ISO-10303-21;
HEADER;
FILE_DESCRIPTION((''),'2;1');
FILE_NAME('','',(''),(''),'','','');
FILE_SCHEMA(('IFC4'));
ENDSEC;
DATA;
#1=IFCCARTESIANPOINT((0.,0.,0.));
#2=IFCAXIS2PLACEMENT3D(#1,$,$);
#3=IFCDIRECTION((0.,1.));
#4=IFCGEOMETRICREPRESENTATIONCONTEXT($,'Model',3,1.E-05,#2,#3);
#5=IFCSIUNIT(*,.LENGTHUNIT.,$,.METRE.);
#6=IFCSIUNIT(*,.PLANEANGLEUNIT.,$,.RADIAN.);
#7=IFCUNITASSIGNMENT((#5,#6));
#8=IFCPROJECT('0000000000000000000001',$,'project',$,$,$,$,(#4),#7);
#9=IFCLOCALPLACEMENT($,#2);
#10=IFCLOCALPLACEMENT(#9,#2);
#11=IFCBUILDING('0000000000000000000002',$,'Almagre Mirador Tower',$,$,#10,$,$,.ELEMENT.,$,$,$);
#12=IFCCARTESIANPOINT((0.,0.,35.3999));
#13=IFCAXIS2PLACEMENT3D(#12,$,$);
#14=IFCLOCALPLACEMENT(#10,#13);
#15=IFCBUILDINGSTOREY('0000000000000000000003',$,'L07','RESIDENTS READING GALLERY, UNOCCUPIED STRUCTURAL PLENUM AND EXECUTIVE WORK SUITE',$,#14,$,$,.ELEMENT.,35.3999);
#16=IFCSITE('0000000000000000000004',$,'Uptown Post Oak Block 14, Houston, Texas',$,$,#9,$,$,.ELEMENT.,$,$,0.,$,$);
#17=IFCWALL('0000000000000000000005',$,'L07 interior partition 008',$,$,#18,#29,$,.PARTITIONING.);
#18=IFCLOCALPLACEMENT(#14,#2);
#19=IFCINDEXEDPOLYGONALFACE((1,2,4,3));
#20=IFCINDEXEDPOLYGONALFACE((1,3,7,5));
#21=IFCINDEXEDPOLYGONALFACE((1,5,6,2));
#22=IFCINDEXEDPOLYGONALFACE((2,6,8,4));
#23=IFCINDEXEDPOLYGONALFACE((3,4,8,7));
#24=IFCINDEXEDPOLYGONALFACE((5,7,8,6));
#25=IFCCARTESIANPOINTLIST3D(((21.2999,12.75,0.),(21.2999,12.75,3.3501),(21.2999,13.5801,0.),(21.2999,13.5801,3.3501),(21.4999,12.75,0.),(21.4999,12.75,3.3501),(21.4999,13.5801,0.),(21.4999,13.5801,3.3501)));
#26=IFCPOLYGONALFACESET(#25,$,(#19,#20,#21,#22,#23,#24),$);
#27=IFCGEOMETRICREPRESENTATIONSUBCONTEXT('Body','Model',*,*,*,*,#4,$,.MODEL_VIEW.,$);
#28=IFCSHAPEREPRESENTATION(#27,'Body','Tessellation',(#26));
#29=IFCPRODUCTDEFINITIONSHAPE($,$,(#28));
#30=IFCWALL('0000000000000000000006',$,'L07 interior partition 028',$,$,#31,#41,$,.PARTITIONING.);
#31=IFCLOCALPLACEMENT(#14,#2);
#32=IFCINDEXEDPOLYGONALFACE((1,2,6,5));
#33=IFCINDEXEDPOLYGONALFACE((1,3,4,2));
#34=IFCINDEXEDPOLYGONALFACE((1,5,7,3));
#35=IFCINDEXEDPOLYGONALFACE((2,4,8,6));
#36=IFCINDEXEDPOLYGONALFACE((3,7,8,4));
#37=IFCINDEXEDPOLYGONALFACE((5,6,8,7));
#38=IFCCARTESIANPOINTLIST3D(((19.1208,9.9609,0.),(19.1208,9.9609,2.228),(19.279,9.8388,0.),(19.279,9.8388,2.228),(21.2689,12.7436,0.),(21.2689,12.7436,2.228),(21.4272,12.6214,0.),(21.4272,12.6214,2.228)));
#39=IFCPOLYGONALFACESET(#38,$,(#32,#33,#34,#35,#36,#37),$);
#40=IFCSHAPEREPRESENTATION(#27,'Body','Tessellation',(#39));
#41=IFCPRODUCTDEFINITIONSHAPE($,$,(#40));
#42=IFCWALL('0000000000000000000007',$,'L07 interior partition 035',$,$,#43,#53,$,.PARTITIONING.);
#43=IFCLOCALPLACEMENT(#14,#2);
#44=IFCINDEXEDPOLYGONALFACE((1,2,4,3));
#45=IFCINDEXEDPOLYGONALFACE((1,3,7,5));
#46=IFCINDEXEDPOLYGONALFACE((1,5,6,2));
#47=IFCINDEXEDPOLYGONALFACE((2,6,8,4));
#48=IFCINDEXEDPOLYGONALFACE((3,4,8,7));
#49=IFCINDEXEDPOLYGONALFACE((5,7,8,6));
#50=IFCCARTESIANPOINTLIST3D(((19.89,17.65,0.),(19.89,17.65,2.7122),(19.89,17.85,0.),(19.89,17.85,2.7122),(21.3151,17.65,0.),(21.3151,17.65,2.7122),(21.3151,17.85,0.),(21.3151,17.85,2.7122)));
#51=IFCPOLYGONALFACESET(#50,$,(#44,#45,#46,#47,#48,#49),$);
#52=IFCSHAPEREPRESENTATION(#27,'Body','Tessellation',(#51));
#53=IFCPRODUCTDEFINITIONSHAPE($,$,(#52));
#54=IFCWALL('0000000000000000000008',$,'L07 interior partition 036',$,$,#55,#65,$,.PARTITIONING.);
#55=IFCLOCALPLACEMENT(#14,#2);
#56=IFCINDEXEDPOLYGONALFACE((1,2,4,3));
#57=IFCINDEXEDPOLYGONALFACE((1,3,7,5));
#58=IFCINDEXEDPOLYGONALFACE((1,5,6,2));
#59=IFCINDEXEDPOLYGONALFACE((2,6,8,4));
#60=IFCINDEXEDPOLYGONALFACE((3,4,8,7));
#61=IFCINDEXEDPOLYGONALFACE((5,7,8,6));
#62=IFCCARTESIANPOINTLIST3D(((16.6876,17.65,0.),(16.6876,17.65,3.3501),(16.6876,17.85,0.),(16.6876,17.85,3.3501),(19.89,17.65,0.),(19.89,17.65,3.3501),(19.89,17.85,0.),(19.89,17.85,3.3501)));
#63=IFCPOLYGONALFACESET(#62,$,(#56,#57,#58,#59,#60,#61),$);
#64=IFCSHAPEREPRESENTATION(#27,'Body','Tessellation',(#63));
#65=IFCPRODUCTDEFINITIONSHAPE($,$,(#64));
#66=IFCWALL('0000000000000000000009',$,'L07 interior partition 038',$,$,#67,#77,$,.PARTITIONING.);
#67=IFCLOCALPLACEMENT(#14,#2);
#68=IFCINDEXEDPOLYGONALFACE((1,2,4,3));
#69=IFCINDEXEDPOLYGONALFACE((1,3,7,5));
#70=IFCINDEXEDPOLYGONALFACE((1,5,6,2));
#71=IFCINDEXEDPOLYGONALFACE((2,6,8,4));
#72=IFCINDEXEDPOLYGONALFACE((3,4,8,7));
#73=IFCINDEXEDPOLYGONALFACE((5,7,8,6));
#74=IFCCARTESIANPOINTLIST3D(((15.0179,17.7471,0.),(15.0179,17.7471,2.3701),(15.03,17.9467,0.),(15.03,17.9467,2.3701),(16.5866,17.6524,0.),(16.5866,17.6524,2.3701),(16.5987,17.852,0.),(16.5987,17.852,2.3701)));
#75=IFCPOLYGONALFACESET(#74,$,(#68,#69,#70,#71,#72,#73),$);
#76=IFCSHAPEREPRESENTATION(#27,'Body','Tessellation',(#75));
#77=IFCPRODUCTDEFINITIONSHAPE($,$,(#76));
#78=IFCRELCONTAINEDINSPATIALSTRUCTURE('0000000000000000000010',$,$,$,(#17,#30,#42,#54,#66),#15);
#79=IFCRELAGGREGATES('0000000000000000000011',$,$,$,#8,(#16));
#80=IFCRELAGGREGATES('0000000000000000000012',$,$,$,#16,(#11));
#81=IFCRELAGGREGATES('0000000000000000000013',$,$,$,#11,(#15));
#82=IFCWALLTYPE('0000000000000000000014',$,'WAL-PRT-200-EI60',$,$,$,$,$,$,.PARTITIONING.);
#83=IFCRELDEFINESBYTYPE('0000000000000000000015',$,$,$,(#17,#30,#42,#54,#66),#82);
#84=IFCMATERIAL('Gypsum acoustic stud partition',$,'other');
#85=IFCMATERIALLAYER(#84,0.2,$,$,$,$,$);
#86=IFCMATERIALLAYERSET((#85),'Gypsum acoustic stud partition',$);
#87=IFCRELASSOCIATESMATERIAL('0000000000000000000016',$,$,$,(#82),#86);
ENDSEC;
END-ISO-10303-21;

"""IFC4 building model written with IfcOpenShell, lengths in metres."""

from ifc_helpers import new_model, si_unit, direction, frame, frame_2d, origin, place, context, subcontext, project, spatial, rectangle, extrude, material, layer, layer_set, type_object, element, save


model = new_model("IFC4")

# Units and contexts
model_context = context("Model", 3, precision=1e-05, world=origin(), true_north=direction((0.0, 1.0)))
body_context = subcontext(model_context, "Body", "Model", "MODEL_VIEW")
ifc_project = project(units=[si_unit("LENGTHUNIT", "METRE"), si_unit("PLANEANGLEUNIT", "RADIAN")], contexts=[model_context])

# Site, building, storey
site_placement = place(None, origin())
site = spatial("IfcSite", under=ifc_project, at=site_placement, Name="Uptown Post Oak Block 14, Houston, Texas", CompositionType="ELEMENT", RefElevation=0.0)
building_placement = place(site_placement, origin())
building = spatial("IfcBuilding", under=site, at=building_placement, Name="Almagre Mirador Tower", CompositionType="ELEMENT")
storey_placement = place(building_placement, frame((0.0, 0.0, 35.3999)))
storey = spatial("IfcBuildingStorey", under=building, at=storey_placement, Name="L07", Description="RESIDENTS READING GALLERY, UNOCCUPIED STRUCTURAL PLENUM AND EXECUTIVE WORK SUITE", CompositionType="ELEMENT", Elevation=35.3999)

# Shared definitions
ifc_material_1 = material(Name="Gypsum acoustic stud partition", Category="other")
ifc_layer_1 = layer(ifc_material_1, 0.2)
ifc_layer_set_1 = layer_set([ifc_layer_1], Name="Gypsum acoustic stud partition")
wall_type_1 = type_object("IfcWallType", Name="WAL-PRT-200-EI60", PredefinedType="PARTITIONING", material=ifc_layer_set_1)

# Walls
wall_1_placement = place(storey_placement, frame((21.3999, 13.5801, 0.0), z_axis=(0.0, 0.0, 1.0), x_axis=(0.0, -1.0, 0.0)))
element("IfcWall", 1, at=wall_1_placement, inside=storey, type_object=wall_type_1, Name="L07 interior partition 008", PredefinedType="PARTITIONING", context=body_context, shape_type="SweptSolid", body=[
    extrude(rectangle(XDim=0.8301, YDim=0.2, at=frame_2d((0.415, 0.0))), origin(), (0.0, 0.0, 1.0), 3.3501),
])
wall_2_placement = place(storey_placement, frame((21.3481, 12.6826, 0.0), z_axis=(0.0, 0.0, 1.0), x_axis=(-0.611076, -0.791572, 0.0)))
element("IfcWall", 2, at=wall_2_placement, inside=storey, type_object=wall_type_1, Name="L07 interior partition 028", PredefinedType="PARTITIONING", context=body_context, shape_type="SweptSolid", body=[
    extrude(rectangle(XDim=3.5154, YDim=0.2, at=frame_2d((1.7578, 0.0))), origin(), (0.0, 0.0, 1.0), 2.228),
])
wall_3_placement = place(storey_placement, frame((21.3149, 17.75, 0.0), z_axis=(0.0, 0.0, 1.0), x_axis=(-1.0, 0.0, 0.0)))
element("IfcWall", 3, at=wall_3_placement, inside=storey, type_object=wall_type_1, Name="L07 interior partition 035", PredefinedType="PARTITIONING", context=body_context, shape_type="SweptSolid", body=[
    extrude(rectangle(XDim=1.425, YDim=0.2, at=frame_2d((0.7124, 0.0))), origin(), (0.0, 0.0, 1.0), 2.7122),
])
wall_4_placement = place(storey_placement, frame((19.8899, 17.75, 0.0), z_axis=(0.0, 0.0, 1.0), x_axis=(-1.0, 0.0, 0.0)))
element("IfcWall", 4, at=wall_4_placement, inside=storey, type_object=wall_type_1, Name="L07 interior partition 036", PredefinedType="PARTITIONING", context=body_context, shape_type="SweptSolid", body=[
    extrude(rectangle(XDim=3.2024, YDim=0.2, at=frame_2d((1.6011, 0.0))), origin(), (0.0, 0.0, 1.0), 3.3501),
])
wall_5_placement = place(storey_placement, frame((16.5925, 17.7522, 0.0), z_axis=(0.0, 0.0, 1.0), x_axis=(-0.998182, 0.060279, 0.0)))
element("IfcWall", 5, at=wall_5_placement, inside=storey, type_object=wall_type_1, Name="L07 interior partition 038", PredefinedType="PARTITIONING", context=body_context, shape_type="SweptSolid", body=[
    extrude(rectangle(XDim=1.5715, YDim=0.2, at=frame_2d((0.7856, 0.0))), origin(), (0.0, 0.0, 1.0), 2.3701),
])

save(model, "model.ifc")
